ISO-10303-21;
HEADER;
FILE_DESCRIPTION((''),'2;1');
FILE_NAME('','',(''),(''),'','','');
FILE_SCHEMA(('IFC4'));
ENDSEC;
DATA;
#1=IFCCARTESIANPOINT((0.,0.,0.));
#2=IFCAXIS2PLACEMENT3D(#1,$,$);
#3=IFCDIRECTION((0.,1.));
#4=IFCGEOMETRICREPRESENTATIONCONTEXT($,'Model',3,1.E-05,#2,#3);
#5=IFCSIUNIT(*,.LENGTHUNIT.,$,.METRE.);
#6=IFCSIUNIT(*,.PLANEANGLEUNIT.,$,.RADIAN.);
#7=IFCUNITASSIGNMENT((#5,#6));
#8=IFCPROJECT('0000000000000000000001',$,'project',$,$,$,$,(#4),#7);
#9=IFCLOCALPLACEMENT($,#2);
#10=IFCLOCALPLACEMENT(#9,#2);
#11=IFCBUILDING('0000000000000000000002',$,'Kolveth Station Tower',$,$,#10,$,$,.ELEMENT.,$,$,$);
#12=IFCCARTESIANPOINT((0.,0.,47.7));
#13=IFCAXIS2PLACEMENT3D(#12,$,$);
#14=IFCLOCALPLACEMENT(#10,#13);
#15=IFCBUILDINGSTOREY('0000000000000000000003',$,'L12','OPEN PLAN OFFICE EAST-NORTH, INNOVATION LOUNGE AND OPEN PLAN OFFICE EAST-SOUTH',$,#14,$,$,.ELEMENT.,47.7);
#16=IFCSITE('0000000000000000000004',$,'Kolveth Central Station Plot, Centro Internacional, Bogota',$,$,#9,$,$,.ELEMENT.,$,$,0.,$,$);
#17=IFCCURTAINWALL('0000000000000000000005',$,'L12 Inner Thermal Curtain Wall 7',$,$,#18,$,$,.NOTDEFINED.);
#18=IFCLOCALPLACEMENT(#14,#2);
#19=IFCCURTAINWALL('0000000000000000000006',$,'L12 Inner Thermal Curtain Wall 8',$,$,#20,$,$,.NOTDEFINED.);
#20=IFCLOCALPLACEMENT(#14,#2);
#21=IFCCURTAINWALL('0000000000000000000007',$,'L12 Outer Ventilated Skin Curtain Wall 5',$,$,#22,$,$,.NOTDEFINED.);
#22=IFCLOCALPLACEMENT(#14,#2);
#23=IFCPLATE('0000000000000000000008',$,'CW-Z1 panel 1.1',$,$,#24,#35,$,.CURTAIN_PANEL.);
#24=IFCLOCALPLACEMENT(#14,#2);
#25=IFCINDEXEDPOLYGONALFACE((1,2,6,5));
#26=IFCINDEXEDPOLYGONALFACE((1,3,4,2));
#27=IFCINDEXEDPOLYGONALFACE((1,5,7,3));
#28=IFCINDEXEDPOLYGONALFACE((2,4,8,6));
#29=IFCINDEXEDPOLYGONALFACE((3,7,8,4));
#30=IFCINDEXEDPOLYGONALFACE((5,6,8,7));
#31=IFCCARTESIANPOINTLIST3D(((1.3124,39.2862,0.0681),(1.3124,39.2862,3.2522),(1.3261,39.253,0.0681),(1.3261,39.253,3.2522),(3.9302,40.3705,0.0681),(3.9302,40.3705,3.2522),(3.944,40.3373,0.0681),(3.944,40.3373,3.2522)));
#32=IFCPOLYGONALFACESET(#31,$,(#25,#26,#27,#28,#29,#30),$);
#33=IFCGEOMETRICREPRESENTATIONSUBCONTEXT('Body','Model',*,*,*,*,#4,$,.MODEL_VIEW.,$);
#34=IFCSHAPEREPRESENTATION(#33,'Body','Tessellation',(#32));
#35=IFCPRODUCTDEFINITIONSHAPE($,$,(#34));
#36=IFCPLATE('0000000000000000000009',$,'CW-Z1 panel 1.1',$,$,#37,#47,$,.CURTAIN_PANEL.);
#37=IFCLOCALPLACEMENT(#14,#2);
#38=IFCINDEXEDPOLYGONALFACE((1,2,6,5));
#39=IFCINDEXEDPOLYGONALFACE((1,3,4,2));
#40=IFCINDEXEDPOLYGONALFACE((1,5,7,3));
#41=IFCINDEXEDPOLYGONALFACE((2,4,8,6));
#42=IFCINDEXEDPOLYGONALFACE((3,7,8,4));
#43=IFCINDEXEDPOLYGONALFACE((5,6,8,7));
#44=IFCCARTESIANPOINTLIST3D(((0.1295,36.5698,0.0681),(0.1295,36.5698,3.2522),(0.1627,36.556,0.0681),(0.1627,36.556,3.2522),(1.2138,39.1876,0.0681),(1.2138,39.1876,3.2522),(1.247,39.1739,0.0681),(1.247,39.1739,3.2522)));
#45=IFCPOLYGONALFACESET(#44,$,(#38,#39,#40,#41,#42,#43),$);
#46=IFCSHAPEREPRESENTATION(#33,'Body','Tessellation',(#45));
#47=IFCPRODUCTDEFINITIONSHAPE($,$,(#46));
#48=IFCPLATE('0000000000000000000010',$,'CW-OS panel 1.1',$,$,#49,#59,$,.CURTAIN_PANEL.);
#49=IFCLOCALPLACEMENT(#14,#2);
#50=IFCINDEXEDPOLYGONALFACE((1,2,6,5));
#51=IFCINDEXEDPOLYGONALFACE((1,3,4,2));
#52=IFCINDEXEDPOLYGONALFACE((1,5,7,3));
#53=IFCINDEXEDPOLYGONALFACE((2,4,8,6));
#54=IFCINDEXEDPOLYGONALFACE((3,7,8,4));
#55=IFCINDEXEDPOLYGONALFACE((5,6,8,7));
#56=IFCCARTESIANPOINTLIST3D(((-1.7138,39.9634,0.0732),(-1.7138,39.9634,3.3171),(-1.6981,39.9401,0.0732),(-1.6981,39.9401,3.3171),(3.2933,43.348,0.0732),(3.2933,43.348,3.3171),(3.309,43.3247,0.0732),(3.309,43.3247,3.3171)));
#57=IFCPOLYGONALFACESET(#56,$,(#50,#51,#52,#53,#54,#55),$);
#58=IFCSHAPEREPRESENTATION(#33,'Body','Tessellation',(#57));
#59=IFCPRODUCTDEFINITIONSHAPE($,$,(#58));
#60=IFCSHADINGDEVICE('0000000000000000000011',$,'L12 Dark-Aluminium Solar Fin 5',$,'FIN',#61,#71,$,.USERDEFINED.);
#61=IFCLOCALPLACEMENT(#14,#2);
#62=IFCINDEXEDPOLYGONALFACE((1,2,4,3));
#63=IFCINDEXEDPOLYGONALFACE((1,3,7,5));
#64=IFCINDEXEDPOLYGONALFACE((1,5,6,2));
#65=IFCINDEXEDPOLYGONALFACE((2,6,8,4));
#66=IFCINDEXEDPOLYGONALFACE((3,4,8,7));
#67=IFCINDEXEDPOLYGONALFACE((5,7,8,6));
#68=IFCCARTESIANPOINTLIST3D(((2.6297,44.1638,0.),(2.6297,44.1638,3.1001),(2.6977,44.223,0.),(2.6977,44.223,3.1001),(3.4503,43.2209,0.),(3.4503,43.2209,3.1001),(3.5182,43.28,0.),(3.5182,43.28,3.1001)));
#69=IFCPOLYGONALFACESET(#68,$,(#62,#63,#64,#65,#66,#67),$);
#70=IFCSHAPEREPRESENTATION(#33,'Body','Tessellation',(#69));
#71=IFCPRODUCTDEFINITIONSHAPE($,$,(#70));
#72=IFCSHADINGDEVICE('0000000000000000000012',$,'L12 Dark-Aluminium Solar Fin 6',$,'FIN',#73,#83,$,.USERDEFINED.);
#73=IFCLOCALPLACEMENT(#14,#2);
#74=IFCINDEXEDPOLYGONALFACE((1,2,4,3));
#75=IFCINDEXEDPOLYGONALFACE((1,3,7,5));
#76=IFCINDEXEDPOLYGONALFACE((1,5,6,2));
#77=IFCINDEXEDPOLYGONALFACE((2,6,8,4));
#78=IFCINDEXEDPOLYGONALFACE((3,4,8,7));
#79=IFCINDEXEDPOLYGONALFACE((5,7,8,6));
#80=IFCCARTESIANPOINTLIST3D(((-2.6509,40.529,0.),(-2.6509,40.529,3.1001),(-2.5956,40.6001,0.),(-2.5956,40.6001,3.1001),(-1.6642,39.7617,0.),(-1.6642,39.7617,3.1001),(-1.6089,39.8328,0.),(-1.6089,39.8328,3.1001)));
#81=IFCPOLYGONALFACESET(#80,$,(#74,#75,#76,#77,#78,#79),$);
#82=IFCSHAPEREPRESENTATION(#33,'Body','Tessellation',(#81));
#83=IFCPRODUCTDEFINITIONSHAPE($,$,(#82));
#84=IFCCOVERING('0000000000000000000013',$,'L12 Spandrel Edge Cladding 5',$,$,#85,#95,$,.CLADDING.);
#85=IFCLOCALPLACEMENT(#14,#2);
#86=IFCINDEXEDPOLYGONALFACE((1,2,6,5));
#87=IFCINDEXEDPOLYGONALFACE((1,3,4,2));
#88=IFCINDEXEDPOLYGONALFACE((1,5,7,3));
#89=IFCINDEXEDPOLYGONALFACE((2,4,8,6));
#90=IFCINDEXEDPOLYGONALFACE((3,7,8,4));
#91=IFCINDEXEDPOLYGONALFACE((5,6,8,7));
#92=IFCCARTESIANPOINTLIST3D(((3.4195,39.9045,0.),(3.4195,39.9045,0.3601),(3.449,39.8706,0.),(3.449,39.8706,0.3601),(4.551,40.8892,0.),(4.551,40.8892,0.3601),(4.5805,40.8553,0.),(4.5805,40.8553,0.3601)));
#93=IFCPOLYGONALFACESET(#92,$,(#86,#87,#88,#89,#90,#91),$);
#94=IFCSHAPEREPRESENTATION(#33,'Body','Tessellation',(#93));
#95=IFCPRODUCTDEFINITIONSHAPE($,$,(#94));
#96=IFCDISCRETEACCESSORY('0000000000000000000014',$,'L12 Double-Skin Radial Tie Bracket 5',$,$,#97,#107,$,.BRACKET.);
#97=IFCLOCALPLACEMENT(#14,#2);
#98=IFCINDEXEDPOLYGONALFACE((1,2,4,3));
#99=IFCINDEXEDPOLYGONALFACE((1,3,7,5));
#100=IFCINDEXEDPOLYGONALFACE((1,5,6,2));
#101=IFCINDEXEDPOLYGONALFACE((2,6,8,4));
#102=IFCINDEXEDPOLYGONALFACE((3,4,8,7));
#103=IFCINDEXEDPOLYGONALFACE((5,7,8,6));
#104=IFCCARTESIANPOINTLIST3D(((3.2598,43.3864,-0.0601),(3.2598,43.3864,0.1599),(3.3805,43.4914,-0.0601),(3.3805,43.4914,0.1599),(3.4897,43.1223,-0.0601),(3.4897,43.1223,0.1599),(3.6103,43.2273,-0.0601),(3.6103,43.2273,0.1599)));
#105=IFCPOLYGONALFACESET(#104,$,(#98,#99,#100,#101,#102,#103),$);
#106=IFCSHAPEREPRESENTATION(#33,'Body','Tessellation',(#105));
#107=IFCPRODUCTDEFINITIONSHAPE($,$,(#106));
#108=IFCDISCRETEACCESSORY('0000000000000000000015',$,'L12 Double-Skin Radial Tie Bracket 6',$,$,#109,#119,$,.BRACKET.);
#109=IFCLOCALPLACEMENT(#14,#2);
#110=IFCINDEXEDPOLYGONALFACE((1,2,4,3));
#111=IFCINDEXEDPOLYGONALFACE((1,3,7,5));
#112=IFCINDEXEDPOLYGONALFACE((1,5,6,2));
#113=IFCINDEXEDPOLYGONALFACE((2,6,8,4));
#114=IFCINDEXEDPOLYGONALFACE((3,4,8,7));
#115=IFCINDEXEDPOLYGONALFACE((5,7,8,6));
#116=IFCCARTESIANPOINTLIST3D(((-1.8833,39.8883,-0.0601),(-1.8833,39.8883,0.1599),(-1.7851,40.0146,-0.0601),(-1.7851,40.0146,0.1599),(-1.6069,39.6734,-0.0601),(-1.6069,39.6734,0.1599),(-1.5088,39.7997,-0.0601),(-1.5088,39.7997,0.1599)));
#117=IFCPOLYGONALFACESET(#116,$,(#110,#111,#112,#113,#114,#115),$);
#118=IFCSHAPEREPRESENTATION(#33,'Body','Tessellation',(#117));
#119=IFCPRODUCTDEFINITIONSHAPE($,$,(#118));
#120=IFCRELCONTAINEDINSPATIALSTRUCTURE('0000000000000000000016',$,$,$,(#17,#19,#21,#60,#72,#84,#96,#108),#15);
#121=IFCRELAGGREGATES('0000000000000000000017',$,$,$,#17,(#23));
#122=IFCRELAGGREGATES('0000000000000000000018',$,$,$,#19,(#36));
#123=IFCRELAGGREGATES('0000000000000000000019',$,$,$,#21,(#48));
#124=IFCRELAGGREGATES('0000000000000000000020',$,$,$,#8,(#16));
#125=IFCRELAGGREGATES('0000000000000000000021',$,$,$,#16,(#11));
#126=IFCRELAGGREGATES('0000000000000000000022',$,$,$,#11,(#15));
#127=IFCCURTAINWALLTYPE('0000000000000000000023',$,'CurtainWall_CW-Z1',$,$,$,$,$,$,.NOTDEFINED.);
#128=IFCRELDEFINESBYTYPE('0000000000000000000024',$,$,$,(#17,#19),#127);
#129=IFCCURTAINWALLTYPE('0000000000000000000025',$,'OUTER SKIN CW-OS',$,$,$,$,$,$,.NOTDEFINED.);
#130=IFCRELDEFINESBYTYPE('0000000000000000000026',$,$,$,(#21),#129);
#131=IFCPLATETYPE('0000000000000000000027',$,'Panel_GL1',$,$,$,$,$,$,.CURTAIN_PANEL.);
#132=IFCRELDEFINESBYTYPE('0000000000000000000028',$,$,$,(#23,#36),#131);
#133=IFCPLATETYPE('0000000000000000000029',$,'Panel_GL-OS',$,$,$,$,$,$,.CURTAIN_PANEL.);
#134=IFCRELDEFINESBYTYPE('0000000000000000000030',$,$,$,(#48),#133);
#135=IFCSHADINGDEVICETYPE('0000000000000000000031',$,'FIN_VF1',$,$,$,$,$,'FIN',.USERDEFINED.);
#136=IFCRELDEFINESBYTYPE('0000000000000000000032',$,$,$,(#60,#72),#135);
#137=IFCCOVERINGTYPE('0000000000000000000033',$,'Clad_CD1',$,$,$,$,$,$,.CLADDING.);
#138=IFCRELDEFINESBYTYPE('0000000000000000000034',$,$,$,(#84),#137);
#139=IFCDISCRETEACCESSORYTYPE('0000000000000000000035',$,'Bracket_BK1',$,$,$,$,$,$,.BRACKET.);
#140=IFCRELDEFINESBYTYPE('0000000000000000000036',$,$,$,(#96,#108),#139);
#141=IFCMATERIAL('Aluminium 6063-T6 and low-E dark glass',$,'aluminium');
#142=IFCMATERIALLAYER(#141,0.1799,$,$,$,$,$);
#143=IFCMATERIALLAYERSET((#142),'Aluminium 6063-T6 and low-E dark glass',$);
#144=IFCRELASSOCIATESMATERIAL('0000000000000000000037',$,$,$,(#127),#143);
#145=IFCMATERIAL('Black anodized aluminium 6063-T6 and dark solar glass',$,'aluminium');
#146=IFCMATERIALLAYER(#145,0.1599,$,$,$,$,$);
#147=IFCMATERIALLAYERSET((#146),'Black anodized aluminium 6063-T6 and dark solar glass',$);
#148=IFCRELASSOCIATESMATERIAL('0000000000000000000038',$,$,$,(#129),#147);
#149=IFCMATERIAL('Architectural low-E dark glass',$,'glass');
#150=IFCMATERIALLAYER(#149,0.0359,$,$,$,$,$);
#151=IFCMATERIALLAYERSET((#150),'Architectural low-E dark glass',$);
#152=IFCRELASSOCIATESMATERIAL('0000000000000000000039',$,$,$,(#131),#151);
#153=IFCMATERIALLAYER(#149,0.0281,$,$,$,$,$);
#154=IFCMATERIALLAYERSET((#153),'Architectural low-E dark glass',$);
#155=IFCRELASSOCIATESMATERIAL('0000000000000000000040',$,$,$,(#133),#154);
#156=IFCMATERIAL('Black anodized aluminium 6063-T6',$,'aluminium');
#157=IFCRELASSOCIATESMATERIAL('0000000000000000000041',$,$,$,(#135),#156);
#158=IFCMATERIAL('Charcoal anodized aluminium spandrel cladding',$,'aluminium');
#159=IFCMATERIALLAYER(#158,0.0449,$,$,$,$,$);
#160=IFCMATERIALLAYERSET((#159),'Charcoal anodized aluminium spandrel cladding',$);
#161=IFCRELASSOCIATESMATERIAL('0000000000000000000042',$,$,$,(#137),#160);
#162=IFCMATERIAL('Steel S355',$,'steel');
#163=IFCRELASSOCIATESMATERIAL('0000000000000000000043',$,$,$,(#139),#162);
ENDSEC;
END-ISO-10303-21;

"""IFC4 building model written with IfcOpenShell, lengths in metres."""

from ifc_helpers import new_model, si_unit, direction, frame, origin, origin_2d, place, context, subcontext, project, spatial, rectangle, extrude, source, transform, mapped, material, layer, layer_set, type_object, element, aggregate, save


model = new_model("IFC4")

# Units and contexts
model_context = context("Model", 3, precision=1e-05, world=origin(), true_north=direction((0.0, 1.0)))
body_context = subcontext(model_context, "Body", "Model", "MODEL_VIEW")
ifc_project = project(units=[si_unit("LENGTHUNIT", "METRE"), si_unit("PLANEANGLEUNIT", "RADIAN")], contexts=[model_context])

# Site, building, storey
site_placement = place(None, origin())
site = spatial("IfcSite", under=ifc_project, at=site_placement, Name="Kolveth Central Station Plot, Centro Internacional, Bogota", CompositionType="ELEMENT", RefElevation=0.0)
building_placement = place(site_placement, origin())
building = spatial("IfcBuilding", under=site, at=building_placement, Name="Kolveth Station Tower", CompositionType="ELEMENT")
storey_placement = place(building_placement, frame((0.0, 0.0, 47.7)))
storey = spatial("IfcBuildingStorey", under=building, at=storey_placement, Name="L12", Description="OPEN PLAN OFFICE EAST-NORTH, INNOVATION LOUNGE AND OPEN PLAN OFFICE EAST-SOUTH", CompositionType="ELEMENT", Elevation=47.7)

# Shared definitions
ifc_material_1 = material(Name="Steel S355", Category="steel")

# Shared definitions
ifc_material_2 = material(Name="Aluminium 6063-T6 and low-E dark glass", Category="aluminium")
ifc_layer_1 = layer(ifc_material_2, 0.1799)
ifc_layer_set_1 = layer_set([ifc_layer_1], Name="Aluminium 6063-T6 and low-E dark glass")
curtain_wall_type_1 = type_object("IfcCurtainWallType", Name="CurtainWall_CW-Z1", PredefinedType="NOTDEFINED", material=ifc_layer_set_1)
ifc_material_3 = material(Name="Black anodized aluminium 6063-T6", Category="aluminium")

# Curtain walls
curtain_wall_1_placement = place(storey_placement, origin())
curtain_wall_1 = element("IfcCurtainWall", 1, at=curtain_wall_1_placement, inside=storey, type_object=curtain_wall_type_1, Name="L12 Inner Thermal Curtain Wall 7", PredefinedType="NOTDEFINED")
curtain_wall_2_placement = place(storey_placement, origin())
curtain_wall_2 = element("IfcCurtainWall", 2, at=curtain_wall_2_placement, inside=storey, type_object=curtain_wall_type_1, Name="L12 Inner Thermal Curtain Wall 8", PredefinedType="NOTDEFINED")

# Shared definitions
ifc_material_4 = material(Name="Black anodized aluminium 6063-T6 and dark solar glass", Category="aluminium")
ifc_layer_2 = layer(ifc_material_4, 0.1599)
ifc_layer_set_2 = layer_set([ifc_layer_2], Name="Black anodized aluminium 6063-T6 and dark solar glass")
curtain_wall_type_2 = type_object("IfcCurtainWallType", Name="OUTER SKIN CW-OS", PredefinedType="NOTDEFINED", material=ifc_layer_set_2)

# Curtain wall
curtain_wall_3_placement = place(storey_placement, origin())
curtain_wall_3 = element("IfcCurtainWall", 3, at=curtain_wall_3_placement, inside=storey, type_object=curtain_wall_type_2, Name="L12 Outer Ventilated Skin Curtain Wall 5", PredefinedType="NOTDEFINED")

# Plates
ifc_material_5 = material(Name="Architectural low-E dark glass", Category="glass")
ifc_layer_3 = layer(ifc_material_5, 0.0359)
ifc_layer_set_3 = layer_set([ifc_layer_3], Name="Architectural low-E dark glass")
plate_type_1 = type_object("IfcPlateType", Name="Panel_GL1", PredefinedType="CURTAIN_PANEL", material=ifc_layer_set_3)
shared_shape_1 = source(origin(), body_context, "Body", "SweptSolid", [
    extrude(rectangle(XDim=2.8335, YDim=0.0359, at=origin_2d()), origin(), (0.0, 0.0, 1.0), 3.1841),
])
plate_1_placement = place(storey_placement, frame((2.6282, 39.8118, 0.0681), z_axis=(0.0, 0.0, 1.0), x_axis=(-0.923884, -0.382673, 0.0)))
plate_1 = element("IfcPlate", 4, at=plate_1_placement, type_object=plate_type_1, Name="CW-Z1 panel 1.1", PredefinedType="CURTAIN_PANEL", context=body_context, shape_type="MappedRepresentation", body=[
    mapped(shared_shape_1, transform((0.0, 0.0, 0.0), x_axis=(1.0, 0.0, 0.0), y_axis=(0.0, 1.0, 0.0), z_axis=(0.0, 0.0, 1.0), scale=1.0)),
])
aggregate(curtain_wall_1, [plate_1])
plate_2_placement = place(storey_placement, frame((0.6882, 37.8718, 0.0681), z_axis=(0.0, 0.0, 1.0), x_axis=(-0.382673, -0.923884, 0.0)))
plate_2 = element("IfcPlate", 5, at=plate_2_placement, type_object=plate_type_1, Name="CW-Z1 panel 1.1", PredefinedType="CURTAIN_PANEL", context=body_context, shape_type="MappedRepresentation", body=[
    mapped(shared_shape_1, transform((0.0, 0.0, 0.0), x_axis=(1.0, 0.0, 0.0), y_axis=(0.0, 1.0, 0.0), z_axis=(0.0, 0.0, 1.0), scale=1.0)),
])
aggregate(curtain_wall_2, [plate_2])
ifc_layer_4 = layer(ifc_material_5, 0.0281)
ifc_layer_set_4 = layer_set([ifc_layer_4], Name="Architectural low-E dark glass")
plate_type_2 = type_object("IfcPlateType", Name="Panel_GL-OS", PredefinedType="CURTAIN_PANEL", material=ifc_layer_set_4)
shared_shape_2 = source(origin(), body_context, "Body", "SweptSolid", [
    extrude(rectangle(XDim=6.0437, YDim=0.0281, at=origin_2d()), origin(), (0.0, 0.0, 1.0), 3.2439),
])
plate_3_placement = place(storey_placement, frame((0.7976, 41.644, 0.0732), z_axis=(0.0, 0.0, 1.0), x_axis=(-0.828475, -0.560025, 0.0)))
plate_3 = element("IfcPlate", 6, at=plate_3_placement, type_object=plate_type_2, Name="CW-OS panel 1.1", PredefinedType="CURTAIN_PANEL", context=body_context, shape_type="MappedRepresentation", body=[
    mapped(shared_shape_2, transform((0.0, 0.0, 0.0), x_axis=(1.0, 0.0, 0.0), y_axis=(0.0, 1.0, 0.0), z_axis=(0.0, 0.0, 1.0), scale=1.0)),
])
aggregate(curtain_wall_3, [plate_3])

# Shading devices
shading_device_type = type_object("IfcShadingDeviceType", Name="FIN_VF1", ElementType="FIN", PredefinedType="USERDEFINED", material=ifc_material_3)
shared_shape_3 = source(origin(), body_context, "Body", "SweptSolid", [
    extrude(rectangle(XDim=1.25, YDim=0.0901, at=origin_2d()), origin(), (0.0, 0.0, 1.0), 3.1001),
])
for number, where, z_axis, x_axis, name in (
    (7, (3.074, 43.7219, 0.0), (0.0, 0.0, 1.0), (-0.656454, 0.754366, 0.0), "L12 Dark-Aluminium Solar Fin 5"),
    (8, (-2.1299, 40.1809, 0.0), (0.0, 0.0, 1.0), (-0.789406, 0.613872, 0.0), "L12 Dark-Aluminium Solar Fin 6"),
):
    element("IfcShadingDevice", number, at=place(storey_placement, frame(where, z_axis=z_axis, x_axis=x_axis)), inside=storey, type_object=shading_device_type, Name=name, ObjectType="FIN", PredefinedType="USERDEFINED", context=body_context, shape_type="MappedRepresentation", body=[
        mapped(shared_shape_3, transform((0.0, 0.0, 0.0), x_axis=(1.0, 0.0, 0.0), y_axis=(0.0, 1.0, 0.0), z_axis=(0.0, 0.0, 1.0), scale=1.0)),
    ])

# Covering
ifc_material_6 = material(Name="Charcoal anodized aluminium spandrel cladding", Category="aluminium")
ifc_layer_5 = layer(ifc_material_6, 0.0449)
ifc_layer_set_5 = layer_set([ifc_layer_5], Name="Charcoal anodized aluminium spandrel cladding")
covering_type = type_object("IfcCoveringType", Name="Clad_CD1", PredefinedType="CLADDING", material=ifc_layer_set_5)
shared_shape_4 = source(origin(), body_context, "Body", "SweptSolid", [
    extrude(rectangle(XDim=1.5, YDim=0.0449, at=origin_2d()), origin(), (0.0, 0.0, 1.0), 0.3601),
])
covering_placement = place(storey_placement, frame((4.0, 40.3799, 0.0), z_axis=(0.0, 0.0, 1.0), x_axis=(-0.754366, -0.656454, 0.0)))
element("IfcCovering", 9, at=covering_placement, inside=storey, type_object=covering_type, Name="L12 Spandrel Edge Cladding 5", PredefinedType="CLADDING", context=body_context, shape_type="MappedRepresentation", body=[
    mapped(shared_shape_4, transform((0.0, 0.0, 0.0), x_axis=(1.0, 0.0, 0.0), y_axis=(0.0, 1.0, 0.0), z_axis=(0.0, 0.0, 1.0), scale=1.0)),
])

# Discrete accessories
discrete_accessory_type = type_object("IfcDiscreteAccessoryType", Name="Bracket_BK1", PredefinedType="BRACKET", material=ifc_material_1)
shared_shape_5 = source(origin(), body_context, "Body", "SweptSolid", [
    extrude(rectangle(XDim=0.3501, YDim=0.1599, at=origin_2d()), origin(), (0.0, 0.0, 1.0), 0.22),
])
for number, where, z_axis, x_axis, name in (
    (10, (3.4351, 43.3069, -0.0601), (0.0, 0.0, 1.0), (-0.656454, 0.754366, 0.0), "L12 Double-Skin Radial Tie Bracket 5"),
    (11, (-1.696, 39.844, -0.0601), (0.0, 0.0, 1.0), (-0.789406, 0.613872, 0.0), "L12 Double-Skin Radial Tie Bracket 6"),
):
    element("IfcDiscreteAccessory", number, at=place(storey_placement, frame(where, z_axis=z_axis, x_axis=x_axis)), inside=storey, type_object=discrete_accessory_type, Name=name, PredefinedType="BRACKET", context=body_context, shape_type="MappedRepresentation", body=[
        mapped(shared_shape_5, transform((0.0, 0.0, 0.0), x_axis=(1.0, 0.0, 0.0), y_axis=(0.0, 1.0, 0.0), z_axis=(0.0, 0.0, 1.0), scale=1.0)),
    ])

save(model, "model.ifc")
